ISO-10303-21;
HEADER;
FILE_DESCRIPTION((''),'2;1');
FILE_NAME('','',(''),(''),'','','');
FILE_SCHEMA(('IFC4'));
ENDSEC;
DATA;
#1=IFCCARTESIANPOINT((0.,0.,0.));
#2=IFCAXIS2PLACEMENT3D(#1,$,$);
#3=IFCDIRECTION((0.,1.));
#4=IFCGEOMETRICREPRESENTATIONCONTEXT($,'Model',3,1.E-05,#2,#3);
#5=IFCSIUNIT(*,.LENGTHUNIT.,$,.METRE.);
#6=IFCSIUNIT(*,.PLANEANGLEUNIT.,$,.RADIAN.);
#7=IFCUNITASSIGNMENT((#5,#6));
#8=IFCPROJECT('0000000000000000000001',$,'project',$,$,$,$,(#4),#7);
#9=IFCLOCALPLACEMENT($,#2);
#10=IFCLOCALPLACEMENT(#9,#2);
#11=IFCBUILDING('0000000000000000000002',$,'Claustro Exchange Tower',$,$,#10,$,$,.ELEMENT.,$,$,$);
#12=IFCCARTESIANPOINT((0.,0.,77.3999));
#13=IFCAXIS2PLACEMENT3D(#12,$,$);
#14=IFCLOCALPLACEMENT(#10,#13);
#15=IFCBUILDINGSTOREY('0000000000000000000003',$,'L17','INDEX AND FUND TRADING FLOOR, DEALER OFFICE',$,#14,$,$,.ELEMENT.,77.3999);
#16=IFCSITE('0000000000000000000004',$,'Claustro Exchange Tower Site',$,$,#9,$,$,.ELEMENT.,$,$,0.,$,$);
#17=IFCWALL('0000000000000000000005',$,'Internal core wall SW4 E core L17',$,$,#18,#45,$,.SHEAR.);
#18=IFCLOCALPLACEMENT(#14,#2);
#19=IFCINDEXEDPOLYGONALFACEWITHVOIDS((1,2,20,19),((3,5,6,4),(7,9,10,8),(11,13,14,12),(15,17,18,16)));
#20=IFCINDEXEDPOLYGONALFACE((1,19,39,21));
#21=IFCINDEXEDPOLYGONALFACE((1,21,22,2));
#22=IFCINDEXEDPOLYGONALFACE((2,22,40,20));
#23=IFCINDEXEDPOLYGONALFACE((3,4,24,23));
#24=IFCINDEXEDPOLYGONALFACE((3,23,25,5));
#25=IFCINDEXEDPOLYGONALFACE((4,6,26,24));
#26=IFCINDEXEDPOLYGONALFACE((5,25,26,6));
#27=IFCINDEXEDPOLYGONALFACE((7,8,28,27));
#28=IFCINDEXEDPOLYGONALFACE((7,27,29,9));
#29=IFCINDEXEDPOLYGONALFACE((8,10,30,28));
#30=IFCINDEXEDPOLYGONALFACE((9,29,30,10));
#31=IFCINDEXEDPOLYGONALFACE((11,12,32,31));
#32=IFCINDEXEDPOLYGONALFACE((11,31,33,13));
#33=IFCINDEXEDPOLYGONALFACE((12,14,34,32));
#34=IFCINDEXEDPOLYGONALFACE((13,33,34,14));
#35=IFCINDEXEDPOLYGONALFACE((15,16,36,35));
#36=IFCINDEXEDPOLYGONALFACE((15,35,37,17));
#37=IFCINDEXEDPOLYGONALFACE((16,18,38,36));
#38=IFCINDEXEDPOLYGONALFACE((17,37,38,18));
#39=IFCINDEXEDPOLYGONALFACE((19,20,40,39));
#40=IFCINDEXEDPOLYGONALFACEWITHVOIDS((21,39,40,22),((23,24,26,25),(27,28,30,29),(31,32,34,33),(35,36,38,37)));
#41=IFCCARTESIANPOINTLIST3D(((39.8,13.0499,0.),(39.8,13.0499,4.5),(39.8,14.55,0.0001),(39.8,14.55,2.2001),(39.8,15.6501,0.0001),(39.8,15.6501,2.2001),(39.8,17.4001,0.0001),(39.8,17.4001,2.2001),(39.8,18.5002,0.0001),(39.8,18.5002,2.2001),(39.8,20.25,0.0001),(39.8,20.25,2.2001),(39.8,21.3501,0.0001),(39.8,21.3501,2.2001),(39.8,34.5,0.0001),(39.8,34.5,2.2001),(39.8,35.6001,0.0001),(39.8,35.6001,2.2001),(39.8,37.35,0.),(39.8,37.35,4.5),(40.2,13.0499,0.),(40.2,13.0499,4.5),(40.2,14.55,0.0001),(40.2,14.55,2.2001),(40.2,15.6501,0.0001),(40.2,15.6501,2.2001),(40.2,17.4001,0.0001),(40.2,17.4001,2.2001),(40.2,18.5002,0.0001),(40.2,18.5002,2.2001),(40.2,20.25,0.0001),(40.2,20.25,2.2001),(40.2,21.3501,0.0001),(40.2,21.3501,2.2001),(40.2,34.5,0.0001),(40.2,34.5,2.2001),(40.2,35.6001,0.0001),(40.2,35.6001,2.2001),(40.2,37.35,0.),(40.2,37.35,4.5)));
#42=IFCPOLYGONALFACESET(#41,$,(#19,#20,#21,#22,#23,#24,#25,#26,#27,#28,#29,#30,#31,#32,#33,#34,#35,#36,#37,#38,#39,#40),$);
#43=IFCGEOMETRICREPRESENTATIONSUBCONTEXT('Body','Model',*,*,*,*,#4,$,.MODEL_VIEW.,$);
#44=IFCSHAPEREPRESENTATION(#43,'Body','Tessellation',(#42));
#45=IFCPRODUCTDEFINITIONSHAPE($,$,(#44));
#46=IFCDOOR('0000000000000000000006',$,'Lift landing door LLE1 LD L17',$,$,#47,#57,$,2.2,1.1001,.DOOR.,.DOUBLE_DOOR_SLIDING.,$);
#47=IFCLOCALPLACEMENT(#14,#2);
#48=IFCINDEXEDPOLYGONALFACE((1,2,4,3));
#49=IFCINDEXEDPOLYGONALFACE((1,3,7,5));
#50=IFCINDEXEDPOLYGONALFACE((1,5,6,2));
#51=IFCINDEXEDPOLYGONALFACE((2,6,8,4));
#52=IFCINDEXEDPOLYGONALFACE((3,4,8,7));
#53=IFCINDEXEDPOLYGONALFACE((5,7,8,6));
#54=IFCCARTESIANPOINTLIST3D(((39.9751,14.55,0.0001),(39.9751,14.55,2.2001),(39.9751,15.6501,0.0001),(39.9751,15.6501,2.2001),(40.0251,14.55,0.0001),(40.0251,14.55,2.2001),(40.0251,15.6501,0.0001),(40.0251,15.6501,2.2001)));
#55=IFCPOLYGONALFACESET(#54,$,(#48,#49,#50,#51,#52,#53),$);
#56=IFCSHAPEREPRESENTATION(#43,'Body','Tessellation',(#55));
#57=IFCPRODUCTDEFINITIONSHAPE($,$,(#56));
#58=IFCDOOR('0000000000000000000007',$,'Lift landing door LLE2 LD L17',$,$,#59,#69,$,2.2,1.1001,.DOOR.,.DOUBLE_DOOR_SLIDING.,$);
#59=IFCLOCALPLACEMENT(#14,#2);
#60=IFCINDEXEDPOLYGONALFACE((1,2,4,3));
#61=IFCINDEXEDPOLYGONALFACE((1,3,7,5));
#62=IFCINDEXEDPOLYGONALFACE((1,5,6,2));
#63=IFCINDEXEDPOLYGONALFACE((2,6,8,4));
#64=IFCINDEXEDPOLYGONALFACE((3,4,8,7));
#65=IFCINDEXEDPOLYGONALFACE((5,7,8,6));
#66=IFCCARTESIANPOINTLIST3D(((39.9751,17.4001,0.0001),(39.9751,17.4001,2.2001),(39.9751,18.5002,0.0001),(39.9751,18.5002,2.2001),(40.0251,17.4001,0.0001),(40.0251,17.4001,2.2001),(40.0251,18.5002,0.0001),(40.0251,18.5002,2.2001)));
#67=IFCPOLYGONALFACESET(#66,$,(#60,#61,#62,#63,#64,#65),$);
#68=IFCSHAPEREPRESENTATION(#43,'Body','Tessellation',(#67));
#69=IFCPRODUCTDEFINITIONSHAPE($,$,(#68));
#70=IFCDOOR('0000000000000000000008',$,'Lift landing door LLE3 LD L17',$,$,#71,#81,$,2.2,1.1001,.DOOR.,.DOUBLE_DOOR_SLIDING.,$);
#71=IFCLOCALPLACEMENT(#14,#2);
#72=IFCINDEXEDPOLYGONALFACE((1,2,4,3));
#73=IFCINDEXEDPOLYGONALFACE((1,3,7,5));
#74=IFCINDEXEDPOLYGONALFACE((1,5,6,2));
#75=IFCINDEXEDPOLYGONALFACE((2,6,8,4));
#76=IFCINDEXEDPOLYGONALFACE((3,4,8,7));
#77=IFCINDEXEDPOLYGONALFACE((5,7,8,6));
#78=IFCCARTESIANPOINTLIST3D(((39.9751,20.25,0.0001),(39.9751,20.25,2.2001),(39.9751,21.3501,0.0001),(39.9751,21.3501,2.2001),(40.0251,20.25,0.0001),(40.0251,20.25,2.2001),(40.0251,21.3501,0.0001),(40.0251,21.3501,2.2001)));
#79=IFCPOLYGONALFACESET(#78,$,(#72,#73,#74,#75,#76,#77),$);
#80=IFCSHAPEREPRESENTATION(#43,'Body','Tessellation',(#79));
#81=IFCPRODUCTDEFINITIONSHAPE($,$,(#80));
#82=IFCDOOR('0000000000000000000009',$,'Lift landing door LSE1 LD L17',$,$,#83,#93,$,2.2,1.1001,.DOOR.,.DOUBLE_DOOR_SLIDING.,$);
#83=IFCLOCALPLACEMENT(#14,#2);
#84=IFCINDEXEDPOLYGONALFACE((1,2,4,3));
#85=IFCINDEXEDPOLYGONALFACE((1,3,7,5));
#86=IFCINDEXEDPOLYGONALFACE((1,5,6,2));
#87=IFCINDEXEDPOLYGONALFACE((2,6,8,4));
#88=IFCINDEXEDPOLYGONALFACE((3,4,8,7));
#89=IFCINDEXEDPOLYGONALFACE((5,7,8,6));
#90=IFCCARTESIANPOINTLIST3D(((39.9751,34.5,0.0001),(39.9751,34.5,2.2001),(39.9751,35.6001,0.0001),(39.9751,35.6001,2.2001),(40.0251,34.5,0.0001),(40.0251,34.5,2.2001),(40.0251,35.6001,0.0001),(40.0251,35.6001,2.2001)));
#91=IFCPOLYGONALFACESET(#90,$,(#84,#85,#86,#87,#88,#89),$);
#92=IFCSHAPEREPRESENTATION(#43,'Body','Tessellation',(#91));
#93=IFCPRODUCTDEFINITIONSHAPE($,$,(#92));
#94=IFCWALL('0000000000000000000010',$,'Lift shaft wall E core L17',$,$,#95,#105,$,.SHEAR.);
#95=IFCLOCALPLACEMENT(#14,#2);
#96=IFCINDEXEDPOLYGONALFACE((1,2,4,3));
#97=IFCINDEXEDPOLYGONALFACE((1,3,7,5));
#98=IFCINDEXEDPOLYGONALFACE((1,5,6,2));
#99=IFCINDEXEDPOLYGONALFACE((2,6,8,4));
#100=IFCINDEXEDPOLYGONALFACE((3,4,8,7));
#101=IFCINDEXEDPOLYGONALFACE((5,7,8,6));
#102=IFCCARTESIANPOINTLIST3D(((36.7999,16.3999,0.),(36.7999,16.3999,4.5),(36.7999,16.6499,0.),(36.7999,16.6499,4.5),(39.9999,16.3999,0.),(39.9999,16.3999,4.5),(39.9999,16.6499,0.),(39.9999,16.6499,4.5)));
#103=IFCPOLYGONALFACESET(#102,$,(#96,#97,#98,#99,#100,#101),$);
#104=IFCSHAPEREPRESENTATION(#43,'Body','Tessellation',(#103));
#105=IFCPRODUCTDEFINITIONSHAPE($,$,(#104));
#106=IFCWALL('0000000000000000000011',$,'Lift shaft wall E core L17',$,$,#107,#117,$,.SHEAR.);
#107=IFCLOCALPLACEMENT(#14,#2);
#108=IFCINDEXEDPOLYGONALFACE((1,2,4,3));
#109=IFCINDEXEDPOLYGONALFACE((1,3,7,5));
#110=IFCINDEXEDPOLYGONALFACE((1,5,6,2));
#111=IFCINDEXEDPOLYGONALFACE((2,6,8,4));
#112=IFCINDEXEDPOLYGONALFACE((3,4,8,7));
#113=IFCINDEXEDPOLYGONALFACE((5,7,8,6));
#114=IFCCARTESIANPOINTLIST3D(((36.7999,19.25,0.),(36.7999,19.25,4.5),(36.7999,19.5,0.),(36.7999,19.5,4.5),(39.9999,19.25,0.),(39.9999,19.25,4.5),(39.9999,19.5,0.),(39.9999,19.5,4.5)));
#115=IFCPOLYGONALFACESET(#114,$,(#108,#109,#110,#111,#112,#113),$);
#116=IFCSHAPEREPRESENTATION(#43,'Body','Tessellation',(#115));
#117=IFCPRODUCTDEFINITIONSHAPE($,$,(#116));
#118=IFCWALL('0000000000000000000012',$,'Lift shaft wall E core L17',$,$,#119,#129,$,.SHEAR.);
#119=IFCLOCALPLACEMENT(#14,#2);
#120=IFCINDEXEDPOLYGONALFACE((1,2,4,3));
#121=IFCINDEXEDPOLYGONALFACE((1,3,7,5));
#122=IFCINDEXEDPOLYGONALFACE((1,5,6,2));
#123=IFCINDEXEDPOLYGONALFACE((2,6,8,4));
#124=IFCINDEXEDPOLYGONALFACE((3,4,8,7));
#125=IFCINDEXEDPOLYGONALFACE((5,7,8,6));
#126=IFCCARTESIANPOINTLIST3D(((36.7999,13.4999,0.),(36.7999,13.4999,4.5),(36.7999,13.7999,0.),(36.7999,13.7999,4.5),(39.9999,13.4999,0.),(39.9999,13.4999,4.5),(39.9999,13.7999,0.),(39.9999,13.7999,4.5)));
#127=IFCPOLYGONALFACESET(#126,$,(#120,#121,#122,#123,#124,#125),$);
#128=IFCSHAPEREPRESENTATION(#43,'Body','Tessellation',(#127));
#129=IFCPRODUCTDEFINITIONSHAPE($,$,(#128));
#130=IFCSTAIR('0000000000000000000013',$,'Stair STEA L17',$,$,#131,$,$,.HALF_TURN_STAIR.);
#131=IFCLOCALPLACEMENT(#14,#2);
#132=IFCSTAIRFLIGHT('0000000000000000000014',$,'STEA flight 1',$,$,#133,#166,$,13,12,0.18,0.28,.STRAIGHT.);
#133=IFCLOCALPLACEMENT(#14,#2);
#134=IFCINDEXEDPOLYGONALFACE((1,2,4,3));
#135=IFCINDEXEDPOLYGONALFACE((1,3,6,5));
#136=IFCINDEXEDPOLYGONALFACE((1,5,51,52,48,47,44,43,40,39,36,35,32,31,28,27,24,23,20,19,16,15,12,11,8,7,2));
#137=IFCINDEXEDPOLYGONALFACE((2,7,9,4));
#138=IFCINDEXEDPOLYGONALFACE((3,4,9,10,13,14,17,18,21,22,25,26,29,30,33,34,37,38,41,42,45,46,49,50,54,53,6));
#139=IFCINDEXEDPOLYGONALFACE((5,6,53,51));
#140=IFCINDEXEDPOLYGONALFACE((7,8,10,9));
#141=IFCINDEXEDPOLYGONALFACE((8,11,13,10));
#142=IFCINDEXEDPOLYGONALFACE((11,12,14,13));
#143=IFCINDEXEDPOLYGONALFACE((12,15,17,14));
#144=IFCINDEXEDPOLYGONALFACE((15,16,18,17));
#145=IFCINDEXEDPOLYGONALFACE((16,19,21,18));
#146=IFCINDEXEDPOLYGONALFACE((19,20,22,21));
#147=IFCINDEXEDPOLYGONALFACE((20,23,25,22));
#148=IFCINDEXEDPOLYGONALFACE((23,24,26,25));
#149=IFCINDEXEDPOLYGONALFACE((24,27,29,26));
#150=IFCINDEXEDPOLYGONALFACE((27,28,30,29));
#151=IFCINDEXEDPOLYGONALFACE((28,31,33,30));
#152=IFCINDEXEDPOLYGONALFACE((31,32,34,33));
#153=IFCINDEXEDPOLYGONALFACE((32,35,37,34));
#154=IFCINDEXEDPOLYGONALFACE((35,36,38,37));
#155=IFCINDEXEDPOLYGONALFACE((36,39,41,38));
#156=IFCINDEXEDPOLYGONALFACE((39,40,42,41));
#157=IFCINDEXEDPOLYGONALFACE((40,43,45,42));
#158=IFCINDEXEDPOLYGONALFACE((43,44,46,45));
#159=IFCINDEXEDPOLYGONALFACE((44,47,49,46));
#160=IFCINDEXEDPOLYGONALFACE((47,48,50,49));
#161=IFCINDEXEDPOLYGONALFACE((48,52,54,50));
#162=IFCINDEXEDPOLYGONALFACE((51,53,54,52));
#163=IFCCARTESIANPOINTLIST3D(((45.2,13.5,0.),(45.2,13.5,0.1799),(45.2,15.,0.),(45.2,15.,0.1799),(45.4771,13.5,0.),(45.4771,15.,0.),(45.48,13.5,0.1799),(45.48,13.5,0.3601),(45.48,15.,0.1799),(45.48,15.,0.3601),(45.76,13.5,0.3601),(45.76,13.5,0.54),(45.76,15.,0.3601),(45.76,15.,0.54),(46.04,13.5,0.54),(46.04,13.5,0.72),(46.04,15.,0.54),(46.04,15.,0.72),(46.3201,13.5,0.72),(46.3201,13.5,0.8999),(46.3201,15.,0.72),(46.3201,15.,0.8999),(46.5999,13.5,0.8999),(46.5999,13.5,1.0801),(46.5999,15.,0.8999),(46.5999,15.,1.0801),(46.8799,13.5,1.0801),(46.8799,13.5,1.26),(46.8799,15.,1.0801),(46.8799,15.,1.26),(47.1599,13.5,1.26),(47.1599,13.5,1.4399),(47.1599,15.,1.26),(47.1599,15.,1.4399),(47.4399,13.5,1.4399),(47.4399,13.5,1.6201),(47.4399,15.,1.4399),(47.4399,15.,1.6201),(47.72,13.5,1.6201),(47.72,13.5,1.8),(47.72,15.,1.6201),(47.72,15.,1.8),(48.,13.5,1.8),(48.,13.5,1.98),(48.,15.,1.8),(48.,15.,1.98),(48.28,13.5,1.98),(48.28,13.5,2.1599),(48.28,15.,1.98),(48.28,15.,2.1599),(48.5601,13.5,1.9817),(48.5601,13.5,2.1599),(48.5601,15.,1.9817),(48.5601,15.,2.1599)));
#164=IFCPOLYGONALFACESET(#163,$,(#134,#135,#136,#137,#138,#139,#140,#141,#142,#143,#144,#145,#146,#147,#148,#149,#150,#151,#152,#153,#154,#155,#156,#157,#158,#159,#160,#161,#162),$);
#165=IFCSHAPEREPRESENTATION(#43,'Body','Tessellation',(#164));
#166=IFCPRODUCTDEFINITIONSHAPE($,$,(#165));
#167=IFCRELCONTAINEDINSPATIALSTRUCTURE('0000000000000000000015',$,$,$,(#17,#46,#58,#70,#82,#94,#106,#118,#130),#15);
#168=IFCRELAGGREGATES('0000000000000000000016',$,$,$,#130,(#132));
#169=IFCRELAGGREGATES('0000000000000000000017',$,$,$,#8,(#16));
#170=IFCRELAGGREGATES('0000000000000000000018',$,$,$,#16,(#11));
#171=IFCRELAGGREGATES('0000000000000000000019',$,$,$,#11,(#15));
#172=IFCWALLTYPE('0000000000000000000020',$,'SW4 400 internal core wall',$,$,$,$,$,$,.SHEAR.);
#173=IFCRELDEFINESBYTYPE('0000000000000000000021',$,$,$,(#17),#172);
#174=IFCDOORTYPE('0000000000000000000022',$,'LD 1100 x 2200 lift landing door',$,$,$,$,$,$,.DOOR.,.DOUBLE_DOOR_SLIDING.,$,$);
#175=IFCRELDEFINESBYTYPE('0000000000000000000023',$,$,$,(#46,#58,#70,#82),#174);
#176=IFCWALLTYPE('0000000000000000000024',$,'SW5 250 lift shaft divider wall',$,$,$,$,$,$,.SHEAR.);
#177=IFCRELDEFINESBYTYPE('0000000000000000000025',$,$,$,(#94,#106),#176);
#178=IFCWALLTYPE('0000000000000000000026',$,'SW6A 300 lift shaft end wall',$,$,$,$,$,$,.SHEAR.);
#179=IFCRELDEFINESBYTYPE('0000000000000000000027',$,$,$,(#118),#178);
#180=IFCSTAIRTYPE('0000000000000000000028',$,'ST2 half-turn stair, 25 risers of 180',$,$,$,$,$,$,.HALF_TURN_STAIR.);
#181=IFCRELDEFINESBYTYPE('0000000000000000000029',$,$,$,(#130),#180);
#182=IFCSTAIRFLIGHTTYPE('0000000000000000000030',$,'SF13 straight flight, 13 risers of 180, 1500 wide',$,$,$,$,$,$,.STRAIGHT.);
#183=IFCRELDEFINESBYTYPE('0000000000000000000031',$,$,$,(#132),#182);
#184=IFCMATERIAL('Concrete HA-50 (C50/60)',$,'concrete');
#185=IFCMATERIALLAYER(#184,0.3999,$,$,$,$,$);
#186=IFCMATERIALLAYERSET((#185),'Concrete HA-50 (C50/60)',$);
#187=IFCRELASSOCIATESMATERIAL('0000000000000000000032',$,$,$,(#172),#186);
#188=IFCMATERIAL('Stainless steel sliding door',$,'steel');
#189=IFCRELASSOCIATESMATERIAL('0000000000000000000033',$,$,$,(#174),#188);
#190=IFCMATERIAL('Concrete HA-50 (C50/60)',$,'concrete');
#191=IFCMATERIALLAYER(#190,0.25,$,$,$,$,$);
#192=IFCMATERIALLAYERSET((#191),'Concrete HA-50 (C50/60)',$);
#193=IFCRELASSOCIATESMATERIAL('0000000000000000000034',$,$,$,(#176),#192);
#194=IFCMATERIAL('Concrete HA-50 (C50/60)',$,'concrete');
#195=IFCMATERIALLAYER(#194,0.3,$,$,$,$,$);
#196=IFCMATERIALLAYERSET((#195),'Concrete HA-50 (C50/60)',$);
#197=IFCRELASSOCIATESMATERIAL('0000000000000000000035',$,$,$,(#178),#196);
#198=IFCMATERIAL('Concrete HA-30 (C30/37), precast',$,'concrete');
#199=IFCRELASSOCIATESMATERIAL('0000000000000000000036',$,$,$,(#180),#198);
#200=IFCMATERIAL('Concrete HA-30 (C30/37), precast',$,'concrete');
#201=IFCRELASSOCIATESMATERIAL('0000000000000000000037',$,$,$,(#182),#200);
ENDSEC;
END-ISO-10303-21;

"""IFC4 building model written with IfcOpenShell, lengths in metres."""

from ifc_helpers import new_model, si_unit, direction, frame, frame_2d, origin, place, context, subcontext, project, spatial, polyline, rectangle, outline, extrude, material, layer, layer_set, type_object, element, fill, aggregate, save


model = new_model("IFC4")

# Units and contexts
model_context = context("Model", 3, precision=1e-05, world=origin(), true_north=direction((0.0, 1.0)))
body_context = subcontext(model_context, "Body", "Model", "MODEL_VIEW")
ifc_project = project(units=[si_unit("LENGTHUNIT", "METRE"), si_unit("PLANEANGLEUNIT", "RADIAN")], contexts=[model_context])

# Site, building, storey
site_placement = place(None, origin())
site = spatial("IfcSite", under=ifc_project, at=site_placement, Name="Claustro Exchange Tower Site", CompositionType="ELEMENT", RefElevation=0.0)
building_placement = place(site_placement, origin())
building = spatial("IfcBuilding", under=site, at=building_placement, Name="Claustro Exchange Tower", CompositionType="ELEMENT")
storey_placement = place(building_placement, frame((0.0, 0.0, 77.3999)))
storey = spatial("IfcBuildingStorey", under=building, at=storey_placement, Name="L17", Description="INDEX AND FUND TRADING FLOOR, DEALER OFFICE", CompositionType="ELEMENT", Elevation=77.3999)

# Wall, openings, doors
ifc_material_1 = material(Name="Concrete HA-50 (C50/60)", Category="concrete")
ifc_layer_1 = layer(ifc_material_1, 0.3999)
ifc_layer_set_1 = layer_set([ifc_layer_1], Name="Concrete HA-50 (C50/60)")
wall_type_1 = type_object("IfcWallType", Name="SW4 400 internal core wall", PredefinedType="SHEAR", material=ifc_layer_set_1)
ifc_material_2 = material(Name="Stainless steel sliding door", Category="steel")
door_type_1 = type_object("IfcDoorType", Name="LD 1100 x 2200 lift landing door", OperationType="DOUBLE_DOOR_SLIDING", PredefinedType="DOOR", material=ifc_material_2)
wall_1_placement = place(storey_placement, frame((40.0, 13.05, 0.0), z_axis=(0.0, 0.0, 1.0), x_axis=(0.0, 1.0, 0.0)))
wall_1 = element("IfcWall", 1, at=wall_1_placement, inside=storey, type_object=wall_type_1, Name="Internal core wall SW4 E core L17", PredefinedType="SHEAR", context=body_context, shape_type="SweptSolid", body=[
    extrude(rectangle(XDim=24.3, YDim=0.3999, at=frame_2d((12.1499, 0.0))), origin(), (0.0, 0.0, 1.0), 4.5),
])
opening_1_placement = place(wall_1_placement, frame((1.5, 0.0, 0.0)))
opening_1 = element("IfcOpeningElement", 2, at=opening_1_placement, cuts=wall_1, PredefinedType="OPENING", context=body_context, shape_type="SweptSolid", body=[
    extrude(rectangle(XDim=1.1001, YDim=2.2, at=frame_2d((0.55, 1.1001))), frame((0.0, 0.21, 0.0), z_axis=(0.0, -1.0, 0.0), x_axis=(1.0, 0.0, 0.0)), (0.0, 0.0, 1.0), 0.4199),
])
opening_2_placement = place(wall_1_placement, frame((4.3501, 0.0, 0.0)))
opening_2 = element("IfcOpeningElement", 3, at=opening_2_placement, cuts=wall_1, PredefinedType="OPENING", context=body_context, shape_type="SweptSolid", body=[
    extrude(rectangle(XDim=1.1001, YDim=2.2, at=frame_2d((0.55, 1.1001))), frame((0.0, 0.21, 0.0), z_axis=(0.0, -1.0, 0.0), x_axis=(1.0, 0.0, 0.0)), (0.0, 0.0, 1.0), 0.4199),
])
opening_3_placement = place(wall_1_placement, frame((7.2, 0.0, 0.0)))
opening_3 = element("IfcOpeningElement", 4, at=opening_3_placement, cuts=wall_1, PredefinedType="OPENING", context=body_context, shape_type="SweptSolid", body=[
    extrude(rectangle(XDim=1.1001, YDim=2.2, at=frame_2d((0.55, 1.1001))), frame((0.0, 0.21, 0.0), z_axis=(0.0, -1.0, 0.0), x_axis=(1.0, 0.0, 0.0)), (0.0, 0.0, 1.0), 0.4199),
])
opening_4_placement = place(wall_1_placement, frame((21.45, 0.0, 0.0)))
opening_4 = element("IfcOpeningElement", 5, at=opening_4_placement, cuts=wall_1, PredefinedType="OPENING", context=body_context, shape_type="SweptSolid", body=[
    extrude(rectangle(XDim=1.1001, YDim=2.2, at=frame_2d((0.55, 1.1001))), frame((0.0, 0.21, 0.0), z_axis=(0.0, -1.0, 0.0), x_axis=(1.0, 0.0, 0.0)), (0.0, 0.0, 1.0), 0.4199),
])
door_1_placement = place(opening_1_placement, origin())
door_1 = element("IfcDoor", 6, at=door_1_placement, inside=storey, type_object=door_type_1, Name="Lift landing door LLE1 LD L17", OperationType="DOUBLE_DOOR_SLIDING", OverallHeight=2.2, OverallWidth=1.1001, PredefinedType="DOOR", context=body_context, shape_type="SweptSolid", body=[
    extrude(rectangle(XDim=1.1001, YDim=2.2, at=frame_2d((0.55, 1.1001))), frame((0.0, 0.0249, 0.0), z_axis=(0.0, -1.0, 0.0), x_axis=(1.0, 0.0, 0.0)), (0.0, 0.0, 1.0), 0.05),
])
fill(opening_1, door_1)
door_2_placement = place(opening_2_placement, origin())
door_2 = element("IfcDoor", 7, at=door_2_placement, inside=storey, type_object=door_type_1, Name="Lift landing door LLE2 LD L17", OperationType="DOUBLE_DOOR_SLIDING", OverallHeight=2.2, OverallWidth=1.1001, PredefinedType="DOOR", context=body_context, shape_type="SweptSolid", body=[
    extrude(rectangle(XDim=1.1001, YDim=2.2, at=frame_2d((0.55, 1.1001))), frame((0.0, 0.0249, 0.0), z_axis=(0.0, -1.0, 0.0), x_axis=(1.0, 0.0, 0.0)), (0.0, 0.0, 1.0), 0.05),
])
fill(opening_2, door_2)
door_3_placement = place(opening_3_placement, origin())
door_3 = element("IfcDoor", 8, at=door_3_placement, inside=storey, type_object=door_type_1, Name="Lift landing door LLE3 LD L17", OperationType="DOUBLE_DOOR_SLIDING", OverallHeight=2.2, OverallWidth=1.1001, PredefinedType="DOOR", context=body_context, shape_type="SweptSolid", body=[
    extrude(rectangle(XDim=1.1001, YDim=2.2, at=frame_2d((0.55, 1.1001))), frame((0.0, 0.0249, 0.0), z_axis=(0.0, -1.0, 0.0), x_axis=(1.0, 0.0, 0.0)), (0.0, 0.0, 1.0), 0.05),
])
fill(opening_3, door_3)
door_4_placement = place(opening_4_placement, origin())
door_4 = element("IfcDoor", 9, at=door_4_placement, inside=storey, type_object=door_type_1, Name="Lift landing door LSE1 LD L17", OperationType="DOUBLE_DOOR_SLIDING", OverallHeight=2.2, OverallWidth=1.1001, PredefinedType="DOOR", context=body_context, shape_type="SweptSolid", body=[
    extrude(rectangle(XDim=1.1001, YDim=2.2, at=frame_2d((0.55, 1.1001))), frame((0.0, 0.0249, 0.0), z_axis=(0.0, -1.0, 0.0), x_axis=(1.0, 0.0, 0.0)), (0.0, 0.0, 1.0), 0.05),
])
fill(opening_4, door_4)

# Walls
ifc_material_3 = material(Name="Concrete HA-50 (C50/60)", Category="concrete")
ifc_layer_2 = layer(ifc_material_3, 0.25)
ifc_layer_set_2 = layer_set([ifc_layer_2], Name="Concrete HA-50 (C50/60)")
wall_type_2 = type_object("IfcWallType", Name="SW5 250 lift shaft divider wall", PredefinedType="SHEAR", material=ifc_layer_set_2)
for number, where, z_axis, x_axis, name in (
    (10, (40.0, 16.5249, 0.0), (0.0, 0.0, 1.0), (-1.0, 0.0, 0.0), "Lift shaft wall E core L17"),
    (11, (40.0, 19.375, 0.0), (0.0, 0.0, 1.0), (-1.0, 0.0, 0.0), "Lift shaft wall E core L17"),
):
    element("IfcWall", number, at=place(storey_placement, frame(where, z_axis=z_axis, x_axis=x_axis)), inside=storey, type_object=wall_type_2, Name=name, PredefinedType="SHEAR", context=body_context, shape_type="SweptSolid", body=[
        extrude(rectangle(XDim=3.2, YDim=0.25, at=frame_2d((1.6001, 0.0))), origin(), (0.0, 0.0, 1.0), 4.5),
    ])
ifc_material_4 = material(Name="Concrete HA-50 (C50/60)", Category="concrete")
ifc_layer_3 = layer(ifc_material_4, 0.3)
ifc_layer_set_3 = layer_set([ifc_layer_3], Name="Concrete HA-50 (C50/60)")
wall_type_3 = type_object("IfcWallType", Name="SW6A 300 lift shaft end wall", PredefinedType="SHEAR", material=ifc_layer_set_3)
wall_2_placement = place(storey_placement, frame((40.0, 13.6499, 0.0), z_axis=(0.0, 0.0, 1.0), x_axis=(-1.0, 0.0, 0.0)))
element("IfcWall", 12, at=wall_2_placement, inside=storey, type_object=wall_type_3, Name="Lift shaft wall E core L17", PredefinedType="SHEAR", context=body_context, shape_type="SweptSolid", body=[
    extrude(rectangle(XDim=3.2, YDim=0.3, at=frame_2d((1.6001, 0.0))), origin(), (0.0, 0.0, 1.0), 4.5),
])

# Stair, stair flight
ifc_material_5 = material(Name="Concrete HA-30 (C30/37), precast", Category="concrete")
stair_type = type_object("IfcStairType", Name="ST2 half-turn stair, 25 risers of 180", PredefinedType="HALF_TURN_STAIR", material=ifc_material_5)
stair_placement = place(storey_placement, origin())
stair = element("IfcStair", 13, at=stair_placement, inside=storey, type_object=stair_type, Name="Stair STEA L17", PredefinedType="HALF_TURN_STAIR")
ifc_material_6 = material(Name="Concrete HA-30 (C30/37), precast", Category="concrete")
stair_flight_type = type_object("IfcStairFlightType", Name="SF13 straight flight, 13 risers of 180, 1500 wide", PredefinedType="STRAIGHT", material=ifc_material_6)
stair_flight_placement = place(storey_placement, frame((45.2, 14.25, 0.0), z_axis=(0.0, 0.0, 1.0), x_axis=(1.0, 0.0, 0.0)))
stair_flight = element("IfcStairFlight", 14, at=stair_flight_placement, type_object=stair_flight_type, Name="STEA flight 1", NumberOfRisers=13, NumberOfTreads=12, PredefinedType="STRAIGHT", RiserHeight=0.18, TreadLength=0.28, context=body_context, shape_type="SweptSolid", body=[
    extrude(outline(polyline([(0.0, 0.0), (0.0, 0.1799), (0.28, 0.1799), (0.28, 0.3601), (0.5601, 0.3601), (0.5601, 0.54), (0.8401, 0.54), (0.8401, 0.72), (1.1201, 0.72), (1.1201, 0.8999), (1.3999, 0.8999), (1.3999, 1.0801), (1.6799, 1.0801), (1.6799, 1.26), (1.96, 1.26), (1.96, 1.4399), (2.24, 1.4399), (2.24, 1.6201), (2.52, 1.6201), (2.52, 1.8), (2.8, 1.8), (2.8, 1.98), (3.0801, 1.98), (3.0801, 2.1599), (3.3601, 2.1599), (3.3601, 2.3401), (3.3601, 1.9817), (0.2771, 0.0), (0.0, 0.0)])), frame((0.0, 0.75, 0.0), z_axis=(0.0, -1.0, 0.0), x_axis=(1.0, 0.0, 0.0)), (0.0, 0.0, 1.0), 1.5),
])
aggregate(stair, [stair_flight])

save(model, "model.ifc")
